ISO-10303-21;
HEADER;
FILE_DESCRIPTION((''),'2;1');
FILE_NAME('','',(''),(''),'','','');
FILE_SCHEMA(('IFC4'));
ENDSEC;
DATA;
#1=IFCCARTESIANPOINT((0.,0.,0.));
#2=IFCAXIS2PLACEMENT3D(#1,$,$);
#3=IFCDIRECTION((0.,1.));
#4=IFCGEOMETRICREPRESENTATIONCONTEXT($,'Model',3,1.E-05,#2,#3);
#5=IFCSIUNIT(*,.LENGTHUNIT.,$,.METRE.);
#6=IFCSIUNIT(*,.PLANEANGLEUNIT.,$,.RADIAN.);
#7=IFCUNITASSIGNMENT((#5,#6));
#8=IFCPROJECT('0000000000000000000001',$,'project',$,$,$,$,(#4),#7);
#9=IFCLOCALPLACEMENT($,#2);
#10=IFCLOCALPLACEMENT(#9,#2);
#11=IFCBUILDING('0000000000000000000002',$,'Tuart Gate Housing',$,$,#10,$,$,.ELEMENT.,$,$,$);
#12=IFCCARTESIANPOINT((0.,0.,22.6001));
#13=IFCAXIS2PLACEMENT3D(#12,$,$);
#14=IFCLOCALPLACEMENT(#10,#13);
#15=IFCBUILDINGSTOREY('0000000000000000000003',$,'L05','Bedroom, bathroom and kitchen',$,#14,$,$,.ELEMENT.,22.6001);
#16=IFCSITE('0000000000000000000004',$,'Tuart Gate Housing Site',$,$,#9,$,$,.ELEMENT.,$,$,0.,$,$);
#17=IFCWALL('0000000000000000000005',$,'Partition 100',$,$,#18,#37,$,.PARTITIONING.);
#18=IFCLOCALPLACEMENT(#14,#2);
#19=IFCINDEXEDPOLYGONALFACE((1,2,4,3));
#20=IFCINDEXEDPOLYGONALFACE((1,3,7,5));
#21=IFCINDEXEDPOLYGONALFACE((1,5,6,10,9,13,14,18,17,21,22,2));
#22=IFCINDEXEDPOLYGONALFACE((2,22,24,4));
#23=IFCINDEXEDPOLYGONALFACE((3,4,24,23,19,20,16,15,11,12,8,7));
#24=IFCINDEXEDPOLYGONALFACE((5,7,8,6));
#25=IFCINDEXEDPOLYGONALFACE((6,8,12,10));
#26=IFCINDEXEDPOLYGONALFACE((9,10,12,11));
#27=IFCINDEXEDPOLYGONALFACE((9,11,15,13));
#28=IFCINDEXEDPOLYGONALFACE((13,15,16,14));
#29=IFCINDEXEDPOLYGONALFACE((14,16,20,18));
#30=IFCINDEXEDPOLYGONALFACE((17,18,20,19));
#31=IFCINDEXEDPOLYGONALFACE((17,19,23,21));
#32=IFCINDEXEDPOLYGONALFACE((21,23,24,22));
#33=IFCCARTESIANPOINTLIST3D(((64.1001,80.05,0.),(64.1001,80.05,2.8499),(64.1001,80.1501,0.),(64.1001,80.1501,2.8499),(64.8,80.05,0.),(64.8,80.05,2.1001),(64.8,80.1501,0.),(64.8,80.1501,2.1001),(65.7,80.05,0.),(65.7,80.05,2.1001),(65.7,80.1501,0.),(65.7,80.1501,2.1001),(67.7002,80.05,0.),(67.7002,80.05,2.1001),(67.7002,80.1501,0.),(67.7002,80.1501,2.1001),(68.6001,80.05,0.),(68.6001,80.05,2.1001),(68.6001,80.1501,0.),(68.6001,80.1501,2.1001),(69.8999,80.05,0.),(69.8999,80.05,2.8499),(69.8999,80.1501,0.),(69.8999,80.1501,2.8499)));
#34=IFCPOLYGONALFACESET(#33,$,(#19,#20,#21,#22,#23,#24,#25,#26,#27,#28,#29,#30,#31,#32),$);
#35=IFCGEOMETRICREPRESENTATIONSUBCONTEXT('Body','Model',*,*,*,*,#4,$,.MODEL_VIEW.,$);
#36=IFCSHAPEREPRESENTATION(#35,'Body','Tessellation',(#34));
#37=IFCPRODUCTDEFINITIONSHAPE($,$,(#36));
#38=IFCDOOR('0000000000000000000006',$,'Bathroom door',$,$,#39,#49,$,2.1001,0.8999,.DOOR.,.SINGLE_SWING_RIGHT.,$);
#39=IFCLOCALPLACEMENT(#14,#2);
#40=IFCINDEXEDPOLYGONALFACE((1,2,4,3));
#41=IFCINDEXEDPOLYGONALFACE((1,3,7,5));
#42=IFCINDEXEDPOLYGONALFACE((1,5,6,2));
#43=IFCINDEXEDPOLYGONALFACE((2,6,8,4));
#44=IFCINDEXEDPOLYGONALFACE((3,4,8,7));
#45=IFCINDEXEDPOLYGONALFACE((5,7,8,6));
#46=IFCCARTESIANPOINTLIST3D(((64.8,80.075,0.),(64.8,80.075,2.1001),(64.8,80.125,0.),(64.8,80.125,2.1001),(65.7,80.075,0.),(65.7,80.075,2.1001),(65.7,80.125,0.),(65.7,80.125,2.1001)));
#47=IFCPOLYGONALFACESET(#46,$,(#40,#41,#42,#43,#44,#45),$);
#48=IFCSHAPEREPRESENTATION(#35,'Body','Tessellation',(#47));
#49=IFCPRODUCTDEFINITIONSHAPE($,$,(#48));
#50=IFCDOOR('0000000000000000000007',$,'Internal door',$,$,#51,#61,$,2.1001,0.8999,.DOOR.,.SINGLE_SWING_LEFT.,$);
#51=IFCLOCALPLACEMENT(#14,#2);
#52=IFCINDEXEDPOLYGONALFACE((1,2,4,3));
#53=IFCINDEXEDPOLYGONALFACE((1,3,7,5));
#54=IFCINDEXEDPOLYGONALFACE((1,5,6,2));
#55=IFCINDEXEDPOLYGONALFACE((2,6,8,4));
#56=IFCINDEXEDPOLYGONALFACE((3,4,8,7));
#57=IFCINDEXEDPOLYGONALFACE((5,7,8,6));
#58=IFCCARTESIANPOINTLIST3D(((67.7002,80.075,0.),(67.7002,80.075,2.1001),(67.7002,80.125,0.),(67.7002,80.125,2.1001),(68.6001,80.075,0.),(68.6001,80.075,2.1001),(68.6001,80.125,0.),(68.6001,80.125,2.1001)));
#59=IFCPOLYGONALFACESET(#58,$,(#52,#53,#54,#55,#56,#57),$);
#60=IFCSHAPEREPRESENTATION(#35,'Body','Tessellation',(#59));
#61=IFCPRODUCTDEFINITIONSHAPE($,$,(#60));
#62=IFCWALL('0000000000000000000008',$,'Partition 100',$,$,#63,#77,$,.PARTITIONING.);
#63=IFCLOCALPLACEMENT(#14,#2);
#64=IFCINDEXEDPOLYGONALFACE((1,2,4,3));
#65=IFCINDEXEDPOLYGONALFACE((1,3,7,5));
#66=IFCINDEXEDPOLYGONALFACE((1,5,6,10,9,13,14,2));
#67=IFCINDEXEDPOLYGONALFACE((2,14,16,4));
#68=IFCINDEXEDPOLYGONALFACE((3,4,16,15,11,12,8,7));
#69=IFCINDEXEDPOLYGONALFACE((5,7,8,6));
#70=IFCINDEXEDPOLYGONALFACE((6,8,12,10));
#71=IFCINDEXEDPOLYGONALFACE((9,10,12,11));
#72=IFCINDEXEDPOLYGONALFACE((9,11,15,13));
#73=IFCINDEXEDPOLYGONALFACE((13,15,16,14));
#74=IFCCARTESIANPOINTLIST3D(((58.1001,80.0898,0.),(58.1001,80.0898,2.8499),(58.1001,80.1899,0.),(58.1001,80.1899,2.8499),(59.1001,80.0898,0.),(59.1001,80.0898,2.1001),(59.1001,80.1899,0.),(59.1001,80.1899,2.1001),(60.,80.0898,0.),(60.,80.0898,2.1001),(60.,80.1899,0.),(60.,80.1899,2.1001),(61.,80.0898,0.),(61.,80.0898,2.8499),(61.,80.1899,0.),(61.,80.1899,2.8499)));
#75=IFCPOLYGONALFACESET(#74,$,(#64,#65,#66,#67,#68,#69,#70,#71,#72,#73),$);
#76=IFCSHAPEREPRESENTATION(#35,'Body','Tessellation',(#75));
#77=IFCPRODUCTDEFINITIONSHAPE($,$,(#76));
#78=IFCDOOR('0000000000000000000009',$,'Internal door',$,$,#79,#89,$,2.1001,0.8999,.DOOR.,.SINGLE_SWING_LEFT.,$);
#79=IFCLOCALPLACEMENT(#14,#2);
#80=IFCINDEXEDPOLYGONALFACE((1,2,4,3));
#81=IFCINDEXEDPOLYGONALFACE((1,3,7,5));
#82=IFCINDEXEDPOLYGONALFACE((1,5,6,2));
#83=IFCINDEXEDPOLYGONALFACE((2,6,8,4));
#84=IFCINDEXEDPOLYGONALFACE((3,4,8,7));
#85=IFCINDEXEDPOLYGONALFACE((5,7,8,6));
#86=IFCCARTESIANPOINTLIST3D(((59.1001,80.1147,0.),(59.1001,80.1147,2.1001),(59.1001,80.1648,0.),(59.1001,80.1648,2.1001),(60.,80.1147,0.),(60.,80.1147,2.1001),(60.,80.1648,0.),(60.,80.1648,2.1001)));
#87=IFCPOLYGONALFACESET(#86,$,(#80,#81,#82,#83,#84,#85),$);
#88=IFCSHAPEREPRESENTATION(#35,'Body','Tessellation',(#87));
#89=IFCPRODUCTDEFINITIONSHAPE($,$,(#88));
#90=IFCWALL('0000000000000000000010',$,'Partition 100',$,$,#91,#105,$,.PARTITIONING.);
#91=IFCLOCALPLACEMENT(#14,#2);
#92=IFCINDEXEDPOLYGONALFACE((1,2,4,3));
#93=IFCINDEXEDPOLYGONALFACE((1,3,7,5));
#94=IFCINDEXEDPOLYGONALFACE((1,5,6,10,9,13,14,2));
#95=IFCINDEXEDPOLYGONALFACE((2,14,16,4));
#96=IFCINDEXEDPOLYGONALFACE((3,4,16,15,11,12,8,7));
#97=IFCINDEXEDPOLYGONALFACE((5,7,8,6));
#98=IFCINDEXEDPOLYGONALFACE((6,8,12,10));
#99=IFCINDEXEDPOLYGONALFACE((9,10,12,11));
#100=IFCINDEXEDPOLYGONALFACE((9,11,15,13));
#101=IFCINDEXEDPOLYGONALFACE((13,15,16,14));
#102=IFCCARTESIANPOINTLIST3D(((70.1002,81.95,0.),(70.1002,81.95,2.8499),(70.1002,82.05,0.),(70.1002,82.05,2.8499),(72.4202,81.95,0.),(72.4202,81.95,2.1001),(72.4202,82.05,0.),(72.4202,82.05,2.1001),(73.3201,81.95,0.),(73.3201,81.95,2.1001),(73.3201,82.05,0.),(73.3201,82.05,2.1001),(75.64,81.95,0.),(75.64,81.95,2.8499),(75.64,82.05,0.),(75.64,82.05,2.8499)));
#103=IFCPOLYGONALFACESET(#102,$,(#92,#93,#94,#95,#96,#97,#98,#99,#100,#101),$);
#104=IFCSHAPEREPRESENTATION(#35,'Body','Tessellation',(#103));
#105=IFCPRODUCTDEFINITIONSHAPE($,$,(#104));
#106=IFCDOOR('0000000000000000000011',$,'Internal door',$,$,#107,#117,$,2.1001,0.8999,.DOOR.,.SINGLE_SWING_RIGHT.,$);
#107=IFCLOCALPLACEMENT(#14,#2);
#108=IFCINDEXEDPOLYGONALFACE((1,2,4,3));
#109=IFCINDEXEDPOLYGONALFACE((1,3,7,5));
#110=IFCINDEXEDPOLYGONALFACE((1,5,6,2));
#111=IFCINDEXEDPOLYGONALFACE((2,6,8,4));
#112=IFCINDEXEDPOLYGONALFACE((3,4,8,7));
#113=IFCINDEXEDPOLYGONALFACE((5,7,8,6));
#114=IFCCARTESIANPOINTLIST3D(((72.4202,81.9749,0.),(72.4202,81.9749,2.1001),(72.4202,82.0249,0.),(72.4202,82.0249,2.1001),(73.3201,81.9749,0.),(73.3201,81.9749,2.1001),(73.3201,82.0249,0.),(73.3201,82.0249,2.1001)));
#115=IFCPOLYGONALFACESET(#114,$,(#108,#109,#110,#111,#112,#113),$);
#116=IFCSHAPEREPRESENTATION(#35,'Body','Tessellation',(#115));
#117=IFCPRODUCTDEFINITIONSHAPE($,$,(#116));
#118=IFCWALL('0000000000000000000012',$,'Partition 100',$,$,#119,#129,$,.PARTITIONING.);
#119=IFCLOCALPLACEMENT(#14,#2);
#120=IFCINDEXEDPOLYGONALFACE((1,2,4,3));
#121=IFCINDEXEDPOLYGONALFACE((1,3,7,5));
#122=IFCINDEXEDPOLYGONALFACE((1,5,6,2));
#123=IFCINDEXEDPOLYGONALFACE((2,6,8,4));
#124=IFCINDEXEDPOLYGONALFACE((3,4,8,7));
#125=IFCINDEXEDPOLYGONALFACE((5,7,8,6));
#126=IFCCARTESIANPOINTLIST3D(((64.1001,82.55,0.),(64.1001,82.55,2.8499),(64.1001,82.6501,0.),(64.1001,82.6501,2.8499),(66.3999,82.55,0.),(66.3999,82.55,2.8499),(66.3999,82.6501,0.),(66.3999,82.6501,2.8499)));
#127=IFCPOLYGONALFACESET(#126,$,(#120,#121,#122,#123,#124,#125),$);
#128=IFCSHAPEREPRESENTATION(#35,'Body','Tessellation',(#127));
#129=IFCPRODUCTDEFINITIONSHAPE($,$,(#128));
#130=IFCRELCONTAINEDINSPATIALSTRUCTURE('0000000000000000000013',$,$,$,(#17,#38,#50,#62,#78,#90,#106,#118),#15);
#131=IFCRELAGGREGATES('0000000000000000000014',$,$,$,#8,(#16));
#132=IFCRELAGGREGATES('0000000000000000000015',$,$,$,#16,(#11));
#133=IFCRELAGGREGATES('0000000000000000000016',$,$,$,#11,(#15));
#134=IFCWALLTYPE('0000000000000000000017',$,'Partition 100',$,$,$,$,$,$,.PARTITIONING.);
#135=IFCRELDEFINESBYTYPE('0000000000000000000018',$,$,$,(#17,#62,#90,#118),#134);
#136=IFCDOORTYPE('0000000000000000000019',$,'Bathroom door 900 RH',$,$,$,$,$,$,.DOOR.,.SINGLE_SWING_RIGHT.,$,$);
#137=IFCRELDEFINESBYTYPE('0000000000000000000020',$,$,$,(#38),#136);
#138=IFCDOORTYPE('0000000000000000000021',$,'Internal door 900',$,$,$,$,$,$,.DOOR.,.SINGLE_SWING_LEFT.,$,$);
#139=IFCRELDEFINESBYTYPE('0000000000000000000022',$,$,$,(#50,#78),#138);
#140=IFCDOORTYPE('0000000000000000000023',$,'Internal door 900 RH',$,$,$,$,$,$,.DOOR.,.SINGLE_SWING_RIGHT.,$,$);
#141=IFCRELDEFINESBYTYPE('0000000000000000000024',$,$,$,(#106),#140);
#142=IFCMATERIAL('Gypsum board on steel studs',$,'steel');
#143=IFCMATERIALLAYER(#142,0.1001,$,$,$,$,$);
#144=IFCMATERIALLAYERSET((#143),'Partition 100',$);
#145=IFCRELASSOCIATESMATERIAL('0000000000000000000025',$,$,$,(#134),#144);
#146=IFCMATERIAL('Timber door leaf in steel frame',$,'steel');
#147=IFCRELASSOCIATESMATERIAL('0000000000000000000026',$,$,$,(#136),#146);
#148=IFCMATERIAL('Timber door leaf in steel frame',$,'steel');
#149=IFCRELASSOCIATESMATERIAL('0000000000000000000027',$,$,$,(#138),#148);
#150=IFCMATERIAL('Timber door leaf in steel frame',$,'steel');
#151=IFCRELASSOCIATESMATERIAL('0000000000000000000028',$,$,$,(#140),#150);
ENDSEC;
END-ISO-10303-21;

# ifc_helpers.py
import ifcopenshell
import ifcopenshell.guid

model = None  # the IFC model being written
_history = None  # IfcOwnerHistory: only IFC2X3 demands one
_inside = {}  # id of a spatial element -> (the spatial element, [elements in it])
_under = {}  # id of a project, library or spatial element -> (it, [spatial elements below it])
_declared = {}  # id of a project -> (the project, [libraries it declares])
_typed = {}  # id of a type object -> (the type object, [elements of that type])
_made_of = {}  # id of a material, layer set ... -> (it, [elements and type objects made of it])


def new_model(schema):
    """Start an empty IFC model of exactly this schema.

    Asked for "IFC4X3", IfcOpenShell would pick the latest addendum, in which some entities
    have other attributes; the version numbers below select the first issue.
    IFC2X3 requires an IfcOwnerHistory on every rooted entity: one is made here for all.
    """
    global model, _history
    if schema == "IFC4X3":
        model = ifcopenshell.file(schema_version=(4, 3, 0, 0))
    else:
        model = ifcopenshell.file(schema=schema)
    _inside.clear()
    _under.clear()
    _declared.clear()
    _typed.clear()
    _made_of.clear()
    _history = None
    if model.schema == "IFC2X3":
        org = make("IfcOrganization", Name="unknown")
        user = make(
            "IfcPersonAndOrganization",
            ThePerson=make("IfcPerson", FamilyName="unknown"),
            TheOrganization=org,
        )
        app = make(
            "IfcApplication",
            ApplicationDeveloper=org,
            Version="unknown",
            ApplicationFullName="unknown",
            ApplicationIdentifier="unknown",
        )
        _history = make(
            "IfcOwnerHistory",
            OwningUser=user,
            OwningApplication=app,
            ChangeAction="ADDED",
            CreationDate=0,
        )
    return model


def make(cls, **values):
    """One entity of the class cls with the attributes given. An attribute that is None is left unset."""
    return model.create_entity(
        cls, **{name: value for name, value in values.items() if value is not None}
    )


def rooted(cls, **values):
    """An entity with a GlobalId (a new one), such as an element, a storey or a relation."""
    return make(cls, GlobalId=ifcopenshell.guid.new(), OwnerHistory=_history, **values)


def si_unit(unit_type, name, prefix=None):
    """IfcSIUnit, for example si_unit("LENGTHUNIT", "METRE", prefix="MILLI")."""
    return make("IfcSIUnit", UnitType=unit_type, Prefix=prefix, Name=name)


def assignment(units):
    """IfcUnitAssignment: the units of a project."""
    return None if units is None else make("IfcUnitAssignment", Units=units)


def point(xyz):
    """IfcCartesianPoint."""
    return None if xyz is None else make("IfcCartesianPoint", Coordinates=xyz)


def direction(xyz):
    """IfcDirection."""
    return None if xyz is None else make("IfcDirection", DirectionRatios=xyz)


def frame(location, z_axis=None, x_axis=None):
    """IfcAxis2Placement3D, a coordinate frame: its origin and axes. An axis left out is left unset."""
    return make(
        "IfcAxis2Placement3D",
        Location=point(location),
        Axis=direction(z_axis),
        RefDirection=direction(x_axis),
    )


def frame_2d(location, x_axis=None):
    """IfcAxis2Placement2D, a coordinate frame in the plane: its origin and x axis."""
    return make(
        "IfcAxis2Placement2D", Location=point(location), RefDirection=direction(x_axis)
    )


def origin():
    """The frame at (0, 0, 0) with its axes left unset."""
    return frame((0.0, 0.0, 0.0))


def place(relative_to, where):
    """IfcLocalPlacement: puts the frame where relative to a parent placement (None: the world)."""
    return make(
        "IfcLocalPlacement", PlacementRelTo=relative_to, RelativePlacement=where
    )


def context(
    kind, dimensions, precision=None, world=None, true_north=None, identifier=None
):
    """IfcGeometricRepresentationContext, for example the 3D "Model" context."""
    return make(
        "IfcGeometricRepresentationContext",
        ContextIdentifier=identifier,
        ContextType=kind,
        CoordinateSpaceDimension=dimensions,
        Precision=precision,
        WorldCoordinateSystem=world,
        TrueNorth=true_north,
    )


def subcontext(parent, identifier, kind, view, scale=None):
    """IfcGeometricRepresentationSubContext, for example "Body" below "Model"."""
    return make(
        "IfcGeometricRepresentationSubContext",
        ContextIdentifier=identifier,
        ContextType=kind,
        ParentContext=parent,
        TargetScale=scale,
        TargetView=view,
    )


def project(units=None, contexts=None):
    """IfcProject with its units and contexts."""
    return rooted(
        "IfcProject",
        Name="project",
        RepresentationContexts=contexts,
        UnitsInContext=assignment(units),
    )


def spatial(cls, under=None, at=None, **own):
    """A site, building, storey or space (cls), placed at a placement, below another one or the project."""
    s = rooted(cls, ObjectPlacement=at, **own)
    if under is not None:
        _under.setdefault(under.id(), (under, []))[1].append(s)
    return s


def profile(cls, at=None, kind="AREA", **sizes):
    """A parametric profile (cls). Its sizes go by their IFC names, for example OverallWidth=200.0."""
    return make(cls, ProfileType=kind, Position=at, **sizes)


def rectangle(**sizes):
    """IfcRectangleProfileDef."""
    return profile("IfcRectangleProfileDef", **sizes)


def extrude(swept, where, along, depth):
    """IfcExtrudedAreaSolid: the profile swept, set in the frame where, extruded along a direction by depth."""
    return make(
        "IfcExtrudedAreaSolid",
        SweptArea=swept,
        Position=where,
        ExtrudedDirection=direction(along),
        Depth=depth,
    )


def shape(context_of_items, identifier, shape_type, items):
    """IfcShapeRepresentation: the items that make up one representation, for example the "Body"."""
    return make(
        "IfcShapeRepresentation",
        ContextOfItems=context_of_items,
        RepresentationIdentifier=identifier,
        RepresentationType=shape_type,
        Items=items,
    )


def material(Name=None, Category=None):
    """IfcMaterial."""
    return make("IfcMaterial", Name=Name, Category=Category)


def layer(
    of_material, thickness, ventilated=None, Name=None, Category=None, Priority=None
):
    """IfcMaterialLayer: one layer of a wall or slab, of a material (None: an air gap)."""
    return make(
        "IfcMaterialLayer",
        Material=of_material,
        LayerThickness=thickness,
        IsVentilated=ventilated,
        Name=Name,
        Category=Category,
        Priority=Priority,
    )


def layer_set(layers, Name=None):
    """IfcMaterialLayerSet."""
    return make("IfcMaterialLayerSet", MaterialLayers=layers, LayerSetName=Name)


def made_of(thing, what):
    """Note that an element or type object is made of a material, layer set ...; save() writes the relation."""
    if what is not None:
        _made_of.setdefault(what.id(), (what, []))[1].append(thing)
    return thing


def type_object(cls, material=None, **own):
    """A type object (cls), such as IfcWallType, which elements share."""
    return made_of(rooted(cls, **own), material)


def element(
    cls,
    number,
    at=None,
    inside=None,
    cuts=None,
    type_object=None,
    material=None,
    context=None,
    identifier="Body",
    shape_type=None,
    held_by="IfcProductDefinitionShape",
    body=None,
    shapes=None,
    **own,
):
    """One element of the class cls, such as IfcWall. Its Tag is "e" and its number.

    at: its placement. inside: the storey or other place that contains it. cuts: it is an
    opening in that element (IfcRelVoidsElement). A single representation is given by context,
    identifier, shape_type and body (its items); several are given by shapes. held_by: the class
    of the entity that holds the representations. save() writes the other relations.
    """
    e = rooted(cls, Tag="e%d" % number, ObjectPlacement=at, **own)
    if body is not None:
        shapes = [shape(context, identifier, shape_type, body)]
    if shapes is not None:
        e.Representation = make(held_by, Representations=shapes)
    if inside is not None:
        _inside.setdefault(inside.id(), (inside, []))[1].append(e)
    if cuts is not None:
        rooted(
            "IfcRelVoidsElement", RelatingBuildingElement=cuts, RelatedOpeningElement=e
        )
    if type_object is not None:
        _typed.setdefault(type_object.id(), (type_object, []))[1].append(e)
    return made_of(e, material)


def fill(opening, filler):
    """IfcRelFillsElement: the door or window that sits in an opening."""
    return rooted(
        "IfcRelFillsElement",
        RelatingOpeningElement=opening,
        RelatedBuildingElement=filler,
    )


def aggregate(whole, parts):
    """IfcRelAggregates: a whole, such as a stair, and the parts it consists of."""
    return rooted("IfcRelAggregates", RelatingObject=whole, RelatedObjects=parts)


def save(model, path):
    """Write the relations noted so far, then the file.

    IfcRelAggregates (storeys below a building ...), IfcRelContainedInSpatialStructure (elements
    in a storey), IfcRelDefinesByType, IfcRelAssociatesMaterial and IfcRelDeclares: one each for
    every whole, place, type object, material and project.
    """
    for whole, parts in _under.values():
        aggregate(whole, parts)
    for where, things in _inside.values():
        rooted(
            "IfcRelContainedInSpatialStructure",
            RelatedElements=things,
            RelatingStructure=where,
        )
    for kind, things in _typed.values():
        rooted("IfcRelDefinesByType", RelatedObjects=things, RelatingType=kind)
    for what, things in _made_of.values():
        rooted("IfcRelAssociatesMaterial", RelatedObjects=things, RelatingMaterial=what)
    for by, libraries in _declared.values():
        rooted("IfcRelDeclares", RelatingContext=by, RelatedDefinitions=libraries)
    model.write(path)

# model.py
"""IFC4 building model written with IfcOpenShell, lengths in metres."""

from ifc_helpers import new_model, si_unit, direction, frame, frame_2d, origin, place, context, subcontext, project, spatial, rectangle, extrude, material, layer, layer_set, type_object, element, fill, save


model = new_model("IFC4")

# Units and contexts
model_context = context("Model", 3, precision=1e-05, world=origin(), true_north=direction((0.0, 1.0)))
body_context = subcontext(model_context, "Body", "Model", "MODEL_VIEW")
ifc_project = project(units=[si_unit("LENGTHUNIT", "METRE"), si_unit("PLANEANGLEUNIT", "RADIAN")], contexts=[model_context])

# Site, building, storey
site_placement = place(None, origin())
site = spatial("IfcSite", under=ifc_project, at=site_placement, Name="Tuart Gate Housing Site", CompositionType="ELEMENT", RefElevation=0.0)
building_placement = place(site_placement, origin())
building = spatial("IfcBuilding", under=site, at=building_placement, Name="Tuart Gate Housing", CompositionType="ELEMENT")
storey_placement = place(building_placement, frame((0.0, 0.0, 22.6001)))
storey = spatial("IfcBuildingStorey", under=building, at=storey_placement, Name="L05", Description="Bedroom, bathroom and kitchen", CompositionType="ELEMENT", Elevation=22.6001)

# Shared definitions
ifc_material_1 = material(Name="Gypsum board on steel studs", Category="steel")
ifc_layer_1 = layer(ifc_material_1, 0.1001)
ifc_layer_set_1 = layer_set([ifc_layer_1], Name="Partition 100")
wall_type_1 = type_object("IfcWallType", Name="Partition 100", PredefinedType="PARTITIONING", material=ifc_layer_set_1)

# Wall, openings, doors
wall_1_placement = place(storey_placement, frame((64.1001, 80.1001, 0.0), z_axis=(0.0, 0.0, 1.0), x_axis=(1.0, 0.0, 0.0)))
wall_1 = element("IfcWall", 1, at=wall_1_placement, inside=storey, type_object=wall_type_1, Name="Partition 100", PredefinedType="PARTITIONING", context=body_context, shape_type="SweptSolid", body=[
    extrude(rectangle(XDim=5.7998, YDim=0.1001, at=frame_2d((2.8999, 0.0))), origin(), (0.0, 0.0, 1.0), 2.8499),
])
opening_1_placement = place(wall_1_placement, frame((3.6001, 0.0, 0.0)))
opening_1 = element("IfcOpeningElement", 2, at=opening_1_placement, cuts=wall_1, PredefinedType="OPENING", context=body_context, shape_type="SweptSolid", body=[
    extrude(rectangle(XDim=0.8999, YDim=2.1001, at=frame_2d((0.45, 1.05))), frame((0.0, 0.0601, 0.0), z_axis=(0.0, -1.0, 0.0), x_axis=(1.0, 0.0, 0.0)), (0.0, 0.0, 1.0), 0.1201),
])
opening_2_placement = place(wall_1_placement, frame((0.7, 0.0, 0.0)))
opening_2 = element("IfcOpeningElement", 3, at=opening_2_placement, cuts=wall_1, PredefinedType="OPENING", context=body_context, shape_type="SweptSolid", body=[
    extrude(rectangle(XDim=0.8999, YDim=2.1001, at=frame_2d((0.45, 1.05))), frame((0.0, 0.0601, 0.0), z_axis=(0.0, -1.0, 0.0), x_axis=(1.0, 0.0, 0.0)), (0.0, 0.0, 1.0), 0.1201),
])
ifc_material_2 = material(Name="Timber door leaf in steel frame", Category="steel")
door_type_1 = type_object("IfcDoorType", Name="Bathroom door 900 RH", OperationType="SINGLE_SWING_RIGHT", PredefinedType="DOOR", material=ifc_material_2)
door_1_placement = place(opening_2_placement, origin())
door_1 = element("IfcDoor", 4, at=door_1_placement, inside=storey, type_object=door_type_1, Name="Bathroom door", OperationType="SINGLE_SWING_RIGHT", OverallHeight=2.1001, OverallWidth=0.8999, PredefinedType="DOOR", context=body_context, shape_type="SweptSolid", body=[
    extrude(rectangle(XDim=0.8999, YDim=2.1001, at=frame_2d((0.45, 1.05))), frame((0.0, 0.0249, 0.0), z_axis=(0.0, -1.0, 0.0), x_axis=(1.0, 0.0, 0.0)), (0.0, 0.0, 1.0), 0.05),
])
fill(opening_2, door_1)
ifc_material_3 = material(Name="Timber door leaf in steel frame", Category="steel")
door_type_2 = type_object("IfcDoorType", Name="Internal door 900", OperationType="SINGLE_SWING_LEFT", PredefinedType="DOOR", material=ifc_material_3)
door_2_placement = place(opening_1_placement, origin())
door_2 = element("IfcDoor", 5, at=door_2_placement, inside=storey, type_object=door_type_2, Name="Internal door", OperationType="SINGLE_SWING_LEFT", OverallHeight=2.1001, OverallWidth=0.8999, PredefinedType="DOOR", context=body_context, shape_type="SweptSolid", body=[
    extrude(rectangle(XDim=0.8999, YDim=2.1001, at=frame_2d((0.45, 1.05))), frame((0.0, 0.0249, 0.0), z_axis=(0.0, -1.0, 0.0), x_axis=(1.0, 0.0, 0.0)), (0.0, 0.0, 1.0), 0.05),
])
fill(opening_1, door_2)

# Walls, openings, doors
wall_2_placement = place(storey_placement, frame((58.1001, 80.1399, 0.0), z_axis=(0.0, 0.0, 1.0), x_axis=(1.0, 0.0, 0.0)))
wall_2 = element("IfcWall", 6, at=wall_2_placement, inside=storey, type_object=wall_type_1, Name="Partition 100", PredefinedType="PARTITIONING", context=body_context, shape_type="SweptSolid", body=[
    extrude(rectangle(XDim=2.8999, YDim=0.1001, at=frame_2d((1.45, 0.0))), origin(), (0.0, 0.0, 1.0), 2.8499),
])
opening_3_placement = place(wall_2_placement, frame((1.0, 0.0, 0.0)))
opening_3 = element("IfcOpeningElement", 7, at=opening_3_placement, cuts=wall_2, PredefinedType="OPENING", context=body_context, shape_type="SweptSolid", body=[
    extrude(rectangle(XDim=0.8999, YDim=2.1001, at=frame_2d((0.45, 1.05))), frame((0.0, 0.0601, 0.0), z_axis=(0.0, -1.0, 0.0), x_axis=(1.0, 0.0, 0.0)), (0.0, 0.0, 1.0), 0.1201),
])
door_3_placement = place(opening_3_placement, frame((0.8999, 0.0, 0.0), z_axis=(0.0, 0.0, 1.0), x_axis=(-1.0, 0.0, 0.0)))
door_3 = element("IfcDoor", 8, at=door_3_placement, inside=storey, type_object=door_type_2, Name="Internal door", OperationType="SINGLE_SWING_LEFT", OverallHeight=2.1001, OverallWidth=0.8999, PredefinedType="DOOR", context=body_context, shape_type="SweptSolid", body=[
    extrude(rectangle(XDim=0.8999, YDim=2.1001, at=frame_2d((0.45, 1.05))), frame((0.0, 0.0251, 0.0), z_axis=(0.0, -1.0, 0.0), x_axis=(1.0, 0.0, 0.0)), (0.0, 0.0, 1.0), 0.05),
])
fill(opening_3, door_3)
wall_3_placement = place(storey_placement, frame((70.1001, 82.0, 0.0), z_axis=(0.0, 0.0, 1.0), x_axis=(1.0, 0.0, 0.0)))
wall_3 = element("IfcWall", 9, at=wall_3_placement, inside=storey, type_object=wall_type_1, Name="Partition 100", PredefinedType="PARTITIONING", context=body_context, shape_type="SweptSolid", body=[
    extrude(rectangle(XDim=5.5398, YDim=0.1001, at=frame_2d((2.77, 0.0))), origin(), (0.0, 0.0, 1.0), 2.8499),
])
opening_4_placement = place(wall_3_placement, frame((2.3201, 0.0, 0.0)))
opening_4 = element("IfcOpeningElement", 10, at=opening_4_placement, cuts=wall_3, PredefinedType="OPENING", context=body_context, shape_type="SweptSolid", body=[
    extrude(rectangle(XDim=0.8999, YDim=2.1001, at=frame_2d((0.45, 1.05))), frame((0.0, 0.0601, 0.0), z_axis=(0.0, -1.0, 0.0), x_axis=(1.0, 0.0, 0.0)), (0.0, 0.0, 1.0), 0.1201),
])
ifc_material_4 = material(Name="Timber door leaf in steel frame", Category="steel")
door_type_3 = type_object("IfcDoorType", Name="Internal door 900 RH", OperationType="SINGLE_SWING_RIGHT", PredefinedType="DOOR", material=ifc_material_4)
door_4_placement = place(opening_4_placement, origin())
door_4 = element("IfcDoor", 11, at=door_4_placement, inside=storey, type_object=door_type_3, Name="Internal door", OperationType="SINGLE_SWING_RIGHT", OverallHeight=2.1001, OverallWidth=0.8999, PredefinedType="DOOR", context=body_context, shape_type="SweptSolid", body=[
    extrude(rectangle(XDim=0.8999, YDim=2.1001, at=frame_2d((0.45, 1.05))), frame((0.0, 0.0249, 0.0), z_axis=(0.0, -1.0, 0.0), x_axis=(1.0, 0.0, 0.0)), (0.0, 0.0, 1.0), 0.05),
])
fill(opening_4, door_4)

# Wall
wall_4_placement = place(storey_placement, frame((64.1001, 82.6001, 0.0), z_axis=(0.0, 0.0, 1.0), x_axis=(1.0, 0.0, 0.0)))
element("IfcWall", 12, at=wall_4_placement, inside=storey, type_object=wall_type_1, Name="Partition 100", PredefinedType="PARTITIONING", context=body_context, shape_type="SweptSolid", body=[
    extrude(rectangle(XDim=2.2998, YDim=0.1001, at=frame_2d((1.1499, 0.0))), origin(), (0.0, 0.0, 1.0), 2.8499),
])

save(model, "model.ifc")
